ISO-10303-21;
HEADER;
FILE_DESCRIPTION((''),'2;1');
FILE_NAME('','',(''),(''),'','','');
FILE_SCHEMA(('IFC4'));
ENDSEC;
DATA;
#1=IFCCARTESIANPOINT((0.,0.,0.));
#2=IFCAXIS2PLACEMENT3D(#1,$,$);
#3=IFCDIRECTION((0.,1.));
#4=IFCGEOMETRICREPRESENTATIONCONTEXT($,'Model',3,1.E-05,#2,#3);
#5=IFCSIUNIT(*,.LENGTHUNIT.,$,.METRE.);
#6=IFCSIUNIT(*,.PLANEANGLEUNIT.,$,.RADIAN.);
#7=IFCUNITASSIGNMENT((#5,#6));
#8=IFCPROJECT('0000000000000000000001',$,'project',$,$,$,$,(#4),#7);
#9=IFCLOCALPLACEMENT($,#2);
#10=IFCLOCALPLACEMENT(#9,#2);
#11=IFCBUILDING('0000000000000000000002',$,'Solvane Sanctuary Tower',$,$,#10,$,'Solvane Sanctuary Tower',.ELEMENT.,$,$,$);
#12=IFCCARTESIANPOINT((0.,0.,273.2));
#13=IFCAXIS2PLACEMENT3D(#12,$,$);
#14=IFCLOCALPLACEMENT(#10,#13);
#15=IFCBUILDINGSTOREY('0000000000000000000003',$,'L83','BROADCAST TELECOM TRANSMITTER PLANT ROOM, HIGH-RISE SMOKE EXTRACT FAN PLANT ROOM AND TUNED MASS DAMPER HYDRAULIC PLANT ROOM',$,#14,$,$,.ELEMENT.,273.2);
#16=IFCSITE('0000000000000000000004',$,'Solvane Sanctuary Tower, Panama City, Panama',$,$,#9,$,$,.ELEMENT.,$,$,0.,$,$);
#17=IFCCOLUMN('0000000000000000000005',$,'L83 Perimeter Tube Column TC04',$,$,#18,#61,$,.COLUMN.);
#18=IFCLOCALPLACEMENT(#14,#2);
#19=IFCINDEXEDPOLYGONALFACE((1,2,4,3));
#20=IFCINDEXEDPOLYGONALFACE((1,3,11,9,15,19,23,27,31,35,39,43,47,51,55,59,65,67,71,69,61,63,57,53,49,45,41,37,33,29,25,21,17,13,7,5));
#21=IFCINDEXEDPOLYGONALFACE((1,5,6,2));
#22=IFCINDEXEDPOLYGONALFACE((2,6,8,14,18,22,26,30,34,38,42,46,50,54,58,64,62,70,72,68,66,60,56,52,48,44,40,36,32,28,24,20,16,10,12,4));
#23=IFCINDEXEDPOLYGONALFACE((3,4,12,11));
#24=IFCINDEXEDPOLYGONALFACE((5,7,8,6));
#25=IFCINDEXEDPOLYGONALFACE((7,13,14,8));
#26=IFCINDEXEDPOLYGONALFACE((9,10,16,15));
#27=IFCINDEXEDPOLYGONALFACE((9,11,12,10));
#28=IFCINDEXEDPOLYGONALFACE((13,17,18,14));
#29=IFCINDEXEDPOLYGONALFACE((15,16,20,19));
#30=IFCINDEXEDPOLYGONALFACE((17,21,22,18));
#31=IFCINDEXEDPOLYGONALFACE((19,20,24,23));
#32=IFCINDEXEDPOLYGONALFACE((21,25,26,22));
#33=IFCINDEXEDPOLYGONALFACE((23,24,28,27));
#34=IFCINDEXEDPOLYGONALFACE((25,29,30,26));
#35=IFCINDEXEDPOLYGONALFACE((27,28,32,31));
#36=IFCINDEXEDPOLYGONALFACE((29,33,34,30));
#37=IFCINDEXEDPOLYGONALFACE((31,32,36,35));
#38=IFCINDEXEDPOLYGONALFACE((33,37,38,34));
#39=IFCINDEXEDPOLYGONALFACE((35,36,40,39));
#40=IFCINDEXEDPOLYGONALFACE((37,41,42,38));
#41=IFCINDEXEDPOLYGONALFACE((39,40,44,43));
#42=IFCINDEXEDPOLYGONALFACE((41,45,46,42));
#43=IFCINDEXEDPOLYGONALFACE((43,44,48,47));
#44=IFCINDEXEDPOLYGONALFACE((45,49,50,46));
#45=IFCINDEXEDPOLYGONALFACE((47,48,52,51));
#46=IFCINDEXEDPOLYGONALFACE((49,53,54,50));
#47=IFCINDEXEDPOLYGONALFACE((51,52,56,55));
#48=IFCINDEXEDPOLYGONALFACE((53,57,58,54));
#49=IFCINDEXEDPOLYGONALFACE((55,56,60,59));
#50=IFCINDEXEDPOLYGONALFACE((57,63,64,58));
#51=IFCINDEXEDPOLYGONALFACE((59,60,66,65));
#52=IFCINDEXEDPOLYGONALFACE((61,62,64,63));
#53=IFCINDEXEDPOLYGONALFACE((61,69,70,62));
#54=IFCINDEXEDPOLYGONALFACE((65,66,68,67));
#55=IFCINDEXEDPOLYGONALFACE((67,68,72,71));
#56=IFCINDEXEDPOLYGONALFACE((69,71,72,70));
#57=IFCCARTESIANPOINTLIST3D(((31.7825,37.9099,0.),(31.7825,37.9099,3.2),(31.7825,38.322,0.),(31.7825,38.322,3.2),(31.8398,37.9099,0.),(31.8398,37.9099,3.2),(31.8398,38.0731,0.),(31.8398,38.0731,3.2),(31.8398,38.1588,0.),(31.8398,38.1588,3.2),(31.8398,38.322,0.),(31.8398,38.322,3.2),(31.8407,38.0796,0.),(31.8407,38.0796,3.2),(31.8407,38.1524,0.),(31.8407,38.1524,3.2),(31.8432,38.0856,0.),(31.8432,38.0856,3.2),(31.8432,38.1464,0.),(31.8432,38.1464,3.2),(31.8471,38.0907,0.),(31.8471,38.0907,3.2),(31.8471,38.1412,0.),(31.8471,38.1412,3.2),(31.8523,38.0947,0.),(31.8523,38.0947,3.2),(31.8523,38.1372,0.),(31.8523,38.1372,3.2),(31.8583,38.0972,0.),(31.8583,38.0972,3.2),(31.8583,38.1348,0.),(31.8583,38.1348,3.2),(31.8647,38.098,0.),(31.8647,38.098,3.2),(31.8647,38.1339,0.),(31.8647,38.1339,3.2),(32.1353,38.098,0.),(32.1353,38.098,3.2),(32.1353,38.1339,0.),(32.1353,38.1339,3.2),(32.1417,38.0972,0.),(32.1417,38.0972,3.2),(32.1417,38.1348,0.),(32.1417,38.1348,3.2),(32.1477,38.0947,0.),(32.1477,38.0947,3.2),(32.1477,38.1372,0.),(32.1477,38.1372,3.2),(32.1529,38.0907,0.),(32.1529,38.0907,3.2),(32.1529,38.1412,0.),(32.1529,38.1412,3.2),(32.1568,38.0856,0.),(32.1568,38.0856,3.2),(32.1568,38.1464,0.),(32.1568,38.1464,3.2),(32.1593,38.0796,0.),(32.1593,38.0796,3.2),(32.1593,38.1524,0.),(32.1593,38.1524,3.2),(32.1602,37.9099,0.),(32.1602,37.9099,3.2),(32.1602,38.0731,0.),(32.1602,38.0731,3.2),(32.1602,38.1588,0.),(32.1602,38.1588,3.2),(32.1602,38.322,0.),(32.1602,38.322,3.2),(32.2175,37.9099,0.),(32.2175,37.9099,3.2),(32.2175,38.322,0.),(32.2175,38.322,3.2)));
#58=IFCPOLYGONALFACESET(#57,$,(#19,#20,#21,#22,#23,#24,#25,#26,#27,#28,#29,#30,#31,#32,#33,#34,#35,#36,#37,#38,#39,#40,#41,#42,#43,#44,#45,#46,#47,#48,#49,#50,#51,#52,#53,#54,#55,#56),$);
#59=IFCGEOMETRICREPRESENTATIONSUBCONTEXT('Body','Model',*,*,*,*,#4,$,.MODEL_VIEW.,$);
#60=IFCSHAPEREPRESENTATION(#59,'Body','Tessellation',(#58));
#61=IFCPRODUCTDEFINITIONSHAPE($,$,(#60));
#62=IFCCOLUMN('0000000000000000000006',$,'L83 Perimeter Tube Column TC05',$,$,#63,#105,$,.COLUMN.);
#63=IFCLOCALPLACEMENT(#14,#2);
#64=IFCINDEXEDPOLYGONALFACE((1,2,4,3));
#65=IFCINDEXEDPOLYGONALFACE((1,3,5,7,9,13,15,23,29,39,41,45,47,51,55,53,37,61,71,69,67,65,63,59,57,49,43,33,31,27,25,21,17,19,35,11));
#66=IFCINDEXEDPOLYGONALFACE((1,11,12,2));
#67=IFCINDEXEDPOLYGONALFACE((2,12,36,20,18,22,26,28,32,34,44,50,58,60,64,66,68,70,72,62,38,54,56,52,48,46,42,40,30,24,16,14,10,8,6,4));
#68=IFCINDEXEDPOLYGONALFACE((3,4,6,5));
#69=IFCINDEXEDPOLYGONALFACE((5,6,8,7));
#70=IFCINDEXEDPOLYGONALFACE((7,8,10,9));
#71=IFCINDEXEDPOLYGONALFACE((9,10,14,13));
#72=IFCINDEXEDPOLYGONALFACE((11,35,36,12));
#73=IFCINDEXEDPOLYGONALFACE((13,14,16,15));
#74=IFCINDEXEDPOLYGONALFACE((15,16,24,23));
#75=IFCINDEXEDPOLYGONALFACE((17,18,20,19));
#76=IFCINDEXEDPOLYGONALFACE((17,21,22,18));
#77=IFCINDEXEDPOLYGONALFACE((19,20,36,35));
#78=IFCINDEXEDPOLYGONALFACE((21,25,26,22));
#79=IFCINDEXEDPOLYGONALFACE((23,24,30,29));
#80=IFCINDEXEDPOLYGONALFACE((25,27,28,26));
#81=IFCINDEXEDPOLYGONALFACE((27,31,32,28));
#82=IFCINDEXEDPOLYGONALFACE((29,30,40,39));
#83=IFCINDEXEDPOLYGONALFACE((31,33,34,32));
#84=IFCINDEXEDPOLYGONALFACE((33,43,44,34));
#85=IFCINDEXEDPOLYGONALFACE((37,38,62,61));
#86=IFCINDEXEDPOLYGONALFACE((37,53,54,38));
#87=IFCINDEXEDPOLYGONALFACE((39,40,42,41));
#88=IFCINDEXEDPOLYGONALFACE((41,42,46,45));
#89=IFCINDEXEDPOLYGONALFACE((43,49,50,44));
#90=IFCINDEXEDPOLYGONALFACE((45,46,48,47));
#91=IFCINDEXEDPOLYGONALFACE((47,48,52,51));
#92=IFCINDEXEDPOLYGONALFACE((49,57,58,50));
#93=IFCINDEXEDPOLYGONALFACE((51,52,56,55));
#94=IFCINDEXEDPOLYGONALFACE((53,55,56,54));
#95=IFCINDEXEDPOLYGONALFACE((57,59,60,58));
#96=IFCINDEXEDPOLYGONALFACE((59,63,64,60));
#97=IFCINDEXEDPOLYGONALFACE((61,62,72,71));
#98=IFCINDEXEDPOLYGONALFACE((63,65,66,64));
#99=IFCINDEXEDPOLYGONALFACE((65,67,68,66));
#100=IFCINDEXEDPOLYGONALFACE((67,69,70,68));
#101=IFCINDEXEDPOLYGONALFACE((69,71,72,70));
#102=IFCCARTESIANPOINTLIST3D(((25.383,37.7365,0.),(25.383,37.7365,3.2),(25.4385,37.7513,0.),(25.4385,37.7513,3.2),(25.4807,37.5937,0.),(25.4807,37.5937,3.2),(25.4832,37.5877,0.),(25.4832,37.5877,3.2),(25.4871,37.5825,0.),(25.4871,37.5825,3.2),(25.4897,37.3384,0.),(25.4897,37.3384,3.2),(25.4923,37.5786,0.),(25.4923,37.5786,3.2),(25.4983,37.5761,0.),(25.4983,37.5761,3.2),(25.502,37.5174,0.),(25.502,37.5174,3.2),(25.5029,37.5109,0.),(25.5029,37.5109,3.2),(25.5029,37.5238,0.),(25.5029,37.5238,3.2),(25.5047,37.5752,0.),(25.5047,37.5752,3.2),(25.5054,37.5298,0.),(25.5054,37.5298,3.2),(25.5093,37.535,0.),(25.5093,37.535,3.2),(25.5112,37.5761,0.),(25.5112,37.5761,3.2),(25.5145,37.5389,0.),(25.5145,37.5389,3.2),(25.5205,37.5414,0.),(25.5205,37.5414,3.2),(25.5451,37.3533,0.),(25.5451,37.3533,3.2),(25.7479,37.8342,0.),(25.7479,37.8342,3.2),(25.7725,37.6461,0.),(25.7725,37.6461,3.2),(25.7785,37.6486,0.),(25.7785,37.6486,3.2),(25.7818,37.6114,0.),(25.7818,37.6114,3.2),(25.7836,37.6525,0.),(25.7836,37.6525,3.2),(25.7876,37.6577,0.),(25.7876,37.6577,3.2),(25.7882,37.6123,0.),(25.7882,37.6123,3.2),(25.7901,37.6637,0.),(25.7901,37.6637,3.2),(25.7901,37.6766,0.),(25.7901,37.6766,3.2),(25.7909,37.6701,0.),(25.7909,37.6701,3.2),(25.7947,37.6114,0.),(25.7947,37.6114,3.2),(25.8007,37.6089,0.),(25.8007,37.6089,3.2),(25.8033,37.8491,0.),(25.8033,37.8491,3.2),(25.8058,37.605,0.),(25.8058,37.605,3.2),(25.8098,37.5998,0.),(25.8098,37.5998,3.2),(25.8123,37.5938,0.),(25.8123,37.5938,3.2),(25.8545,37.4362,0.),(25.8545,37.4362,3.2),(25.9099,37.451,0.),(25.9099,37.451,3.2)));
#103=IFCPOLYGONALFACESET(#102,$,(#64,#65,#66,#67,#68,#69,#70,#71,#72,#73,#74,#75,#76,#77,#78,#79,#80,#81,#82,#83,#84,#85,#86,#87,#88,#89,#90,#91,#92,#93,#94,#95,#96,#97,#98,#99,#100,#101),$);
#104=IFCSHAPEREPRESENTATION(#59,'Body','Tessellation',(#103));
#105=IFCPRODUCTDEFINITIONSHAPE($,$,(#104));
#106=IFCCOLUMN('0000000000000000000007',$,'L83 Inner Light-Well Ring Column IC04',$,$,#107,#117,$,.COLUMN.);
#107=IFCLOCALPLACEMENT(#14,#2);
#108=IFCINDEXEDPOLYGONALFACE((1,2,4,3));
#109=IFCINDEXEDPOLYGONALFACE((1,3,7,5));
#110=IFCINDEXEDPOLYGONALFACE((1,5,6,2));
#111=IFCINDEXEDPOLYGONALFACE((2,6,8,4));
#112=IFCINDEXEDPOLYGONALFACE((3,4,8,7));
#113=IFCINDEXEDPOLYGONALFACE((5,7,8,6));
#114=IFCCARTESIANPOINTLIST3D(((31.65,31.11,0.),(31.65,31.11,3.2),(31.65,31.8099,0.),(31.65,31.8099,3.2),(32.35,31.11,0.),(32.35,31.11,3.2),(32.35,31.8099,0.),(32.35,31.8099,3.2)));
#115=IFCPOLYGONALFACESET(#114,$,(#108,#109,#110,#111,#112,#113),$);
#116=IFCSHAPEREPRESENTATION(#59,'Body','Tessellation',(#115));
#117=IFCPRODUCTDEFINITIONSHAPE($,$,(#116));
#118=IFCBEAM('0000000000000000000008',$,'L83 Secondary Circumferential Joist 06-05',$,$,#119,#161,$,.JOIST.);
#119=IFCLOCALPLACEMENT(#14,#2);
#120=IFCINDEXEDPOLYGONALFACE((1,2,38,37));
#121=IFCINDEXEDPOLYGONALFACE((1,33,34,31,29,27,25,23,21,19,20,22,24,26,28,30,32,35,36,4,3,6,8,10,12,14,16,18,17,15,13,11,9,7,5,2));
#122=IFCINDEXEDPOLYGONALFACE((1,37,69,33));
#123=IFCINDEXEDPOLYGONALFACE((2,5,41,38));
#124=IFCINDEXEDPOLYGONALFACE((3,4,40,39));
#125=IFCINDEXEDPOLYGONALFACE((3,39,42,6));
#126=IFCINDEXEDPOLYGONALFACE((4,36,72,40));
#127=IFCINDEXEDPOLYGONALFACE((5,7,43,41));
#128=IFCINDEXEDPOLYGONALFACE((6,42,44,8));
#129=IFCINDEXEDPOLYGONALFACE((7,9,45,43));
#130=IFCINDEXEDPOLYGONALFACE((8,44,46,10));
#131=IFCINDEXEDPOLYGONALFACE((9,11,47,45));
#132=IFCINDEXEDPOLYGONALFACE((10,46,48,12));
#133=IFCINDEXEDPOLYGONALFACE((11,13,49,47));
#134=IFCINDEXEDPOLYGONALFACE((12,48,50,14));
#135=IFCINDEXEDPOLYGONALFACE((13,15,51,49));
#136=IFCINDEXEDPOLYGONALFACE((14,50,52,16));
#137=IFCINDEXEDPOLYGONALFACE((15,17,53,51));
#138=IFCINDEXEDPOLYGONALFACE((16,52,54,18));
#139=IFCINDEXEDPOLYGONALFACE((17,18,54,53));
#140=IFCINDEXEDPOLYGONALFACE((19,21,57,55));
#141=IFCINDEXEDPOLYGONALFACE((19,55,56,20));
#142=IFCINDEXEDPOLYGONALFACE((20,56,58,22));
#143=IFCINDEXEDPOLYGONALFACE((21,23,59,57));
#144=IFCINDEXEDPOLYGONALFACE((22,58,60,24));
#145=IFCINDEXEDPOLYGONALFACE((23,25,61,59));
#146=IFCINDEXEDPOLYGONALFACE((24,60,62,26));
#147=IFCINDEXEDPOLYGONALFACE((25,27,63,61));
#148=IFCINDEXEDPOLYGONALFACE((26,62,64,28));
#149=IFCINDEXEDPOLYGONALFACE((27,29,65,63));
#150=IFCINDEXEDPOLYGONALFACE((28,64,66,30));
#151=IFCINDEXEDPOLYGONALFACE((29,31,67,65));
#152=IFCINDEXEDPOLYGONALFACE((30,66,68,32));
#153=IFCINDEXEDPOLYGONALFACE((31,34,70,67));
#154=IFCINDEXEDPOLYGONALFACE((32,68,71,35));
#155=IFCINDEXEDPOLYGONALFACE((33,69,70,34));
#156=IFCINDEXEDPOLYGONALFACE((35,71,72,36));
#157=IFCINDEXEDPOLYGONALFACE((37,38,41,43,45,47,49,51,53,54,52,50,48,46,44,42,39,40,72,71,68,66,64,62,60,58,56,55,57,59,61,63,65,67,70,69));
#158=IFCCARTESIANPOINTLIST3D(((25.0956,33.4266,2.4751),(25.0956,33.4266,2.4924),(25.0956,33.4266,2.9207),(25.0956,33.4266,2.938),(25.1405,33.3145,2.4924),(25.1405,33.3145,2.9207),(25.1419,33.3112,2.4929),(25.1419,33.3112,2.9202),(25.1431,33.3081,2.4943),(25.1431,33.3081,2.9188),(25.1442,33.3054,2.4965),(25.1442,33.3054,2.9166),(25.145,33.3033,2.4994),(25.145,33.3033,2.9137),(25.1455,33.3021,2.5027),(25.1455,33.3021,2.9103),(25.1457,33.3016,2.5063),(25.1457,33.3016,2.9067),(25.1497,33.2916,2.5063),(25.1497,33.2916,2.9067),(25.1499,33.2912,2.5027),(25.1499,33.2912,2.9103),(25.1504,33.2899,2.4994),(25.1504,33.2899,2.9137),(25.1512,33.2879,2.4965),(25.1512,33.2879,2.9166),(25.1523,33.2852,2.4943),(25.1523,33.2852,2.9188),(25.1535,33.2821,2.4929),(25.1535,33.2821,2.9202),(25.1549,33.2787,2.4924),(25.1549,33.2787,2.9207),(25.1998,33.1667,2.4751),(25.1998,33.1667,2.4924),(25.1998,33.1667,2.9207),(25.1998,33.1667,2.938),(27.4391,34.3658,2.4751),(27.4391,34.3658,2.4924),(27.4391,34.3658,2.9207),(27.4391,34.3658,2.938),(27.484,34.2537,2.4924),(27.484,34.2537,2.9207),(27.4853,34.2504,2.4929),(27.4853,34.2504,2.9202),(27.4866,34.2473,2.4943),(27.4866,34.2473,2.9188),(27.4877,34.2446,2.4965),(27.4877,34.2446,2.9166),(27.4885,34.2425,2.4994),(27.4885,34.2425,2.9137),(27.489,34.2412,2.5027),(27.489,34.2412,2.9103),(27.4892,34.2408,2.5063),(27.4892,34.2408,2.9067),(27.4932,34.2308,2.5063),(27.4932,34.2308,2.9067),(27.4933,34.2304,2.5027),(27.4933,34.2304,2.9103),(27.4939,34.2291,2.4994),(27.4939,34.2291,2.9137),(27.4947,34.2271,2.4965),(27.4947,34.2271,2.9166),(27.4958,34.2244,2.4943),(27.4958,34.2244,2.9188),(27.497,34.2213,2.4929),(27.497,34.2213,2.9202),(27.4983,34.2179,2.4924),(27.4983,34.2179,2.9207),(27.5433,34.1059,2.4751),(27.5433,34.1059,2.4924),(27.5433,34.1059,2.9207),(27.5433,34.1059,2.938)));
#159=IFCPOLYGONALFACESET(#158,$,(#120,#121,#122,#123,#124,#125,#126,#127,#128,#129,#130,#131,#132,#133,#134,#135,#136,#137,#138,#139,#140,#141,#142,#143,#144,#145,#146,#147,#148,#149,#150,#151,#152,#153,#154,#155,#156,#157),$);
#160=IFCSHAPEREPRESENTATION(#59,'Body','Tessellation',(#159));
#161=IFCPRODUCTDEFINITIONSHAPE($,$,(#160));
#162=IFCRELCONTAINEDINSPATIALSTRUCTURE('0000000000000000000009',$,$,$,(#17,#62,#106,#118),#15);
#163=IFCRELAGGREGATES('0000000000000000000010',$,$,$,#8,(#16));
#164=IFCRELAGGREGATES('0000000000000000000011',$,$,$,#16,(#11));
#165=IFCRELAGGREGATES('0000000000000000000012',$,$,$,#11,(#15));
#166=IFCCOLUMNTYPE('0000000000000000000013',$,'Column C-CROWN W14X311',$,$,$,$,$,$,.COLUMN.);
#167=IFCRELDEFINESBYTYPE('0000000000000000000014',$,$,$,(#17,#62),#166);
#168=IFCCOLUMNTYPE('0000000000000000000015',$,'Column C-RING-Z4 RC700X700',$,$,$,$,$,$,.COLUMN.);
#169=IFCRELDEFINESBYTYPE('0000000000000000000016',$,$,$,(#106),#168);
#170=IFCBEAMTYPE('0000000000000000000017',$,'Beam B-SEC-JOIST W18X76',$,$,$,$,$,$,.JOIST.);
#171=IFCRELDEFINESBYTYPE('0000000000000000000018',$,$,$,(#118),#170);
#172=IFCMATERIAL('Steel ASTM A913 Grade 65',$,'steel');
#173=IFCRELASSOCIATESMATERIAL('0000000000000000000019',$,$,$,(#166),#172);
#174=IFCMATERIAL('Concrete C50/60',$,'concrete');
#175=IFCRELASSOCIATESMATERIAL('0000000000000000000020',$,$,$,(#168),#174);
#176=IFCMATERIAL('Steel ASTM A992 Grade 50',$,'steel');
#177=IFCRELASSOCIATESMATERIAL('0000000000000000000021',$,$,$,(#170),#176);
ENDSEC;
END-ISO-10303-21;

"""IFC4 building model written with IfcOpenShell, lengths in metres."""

from ifc_helpers import new_model, si_unit, direction, frame, origin, origin_2d, place, context, subcontext, project, spatial, rectangle, i_section, extrude, material, material_profile, profile_set, type_object, element, save


model = new_model("IFC4")

# Units and contexts
model_context = context("Model", 3, precision=1e-05, world=origin(), true_north=direction((0.0, 1.0)))
body_context = subcontext(model_context, "Body", "Model", "MODEL_VIEW")
ifc_project = project(units=[si_unit("LENGTHUNIT", "METRE"), si_unit("PLANEANGLEUNIT", "RADIAN")], contexts=[model_context])

# Site, building, storey
site_placement = place(None, origin())
site = spatial("IfcSite", under=ifc_project, at=site_placement, Name="Solvane Sanctuary Tower, Panama City, Panama", CompositionType="ELEMENT", RefElevation=0.0)
building_placement = place(site_placement, origin())
building = spatial("IfcBuilding", under=site, at=building_placement, Name="Solvane Sanctuary Tower", LongName="Solvane Sanctuary Tower", CompositionType="ELEMENT")
storey_placement = place(building_placement, frame((0.0, 0.0, 273.2)))
storey = spatial("IfcBuildingStorey", under=building, at=storey_placement, Name="L83", Description="BROADCAST TELECOM TRANSMITTER PLANT ROOM, HIGH-RISE SMOKE EXTRACT FAN PLANT ROOM AND TUNED MASS DAMPER HYDRAULIC PLANT ROOM", CompositionType="ELEMENT", Elevation=273.2)

# Columns
ifc_material_1 = material(Name="Steel ASTM A913 Grade 65", Category="steel")
ifc_material_profile_1 = material_profile(ifc_material_1, i_section(OverallWidth=0.4121, OverallDepth=0.4351, WebThickness=0.0359, FlangeThickness=0.0574, FilletRadius=0.0249, at=origin_2d()), Name="W14X311")
ifc_profile_set_1 = profile_set([ifc_material_profile_1], Name="Steel ASTM A913 Grade 65")
column_type_1 = type_object("IfcColumnType", Name="Column C-CROWN W14X311", PredefinedType="COLUMN", material=ifc_profile_set_1)
for number, where, z_axis, x_axis, name in (
    (1, (32.0, 38.116, 0.0), (0.0, 0.0, 1.0), (0.0, 1.0, 0.0), "L83 Perimeter Tube Column TC04"),
    (2, (25.6465, 37.5938, 0.0), (0.0, 0.0, 1.0), (-0.258819, 0.965926, 0.0), "L83 Perimeter Tube Column TC05"),
):
    element("IfcColumn", number, at=place(storey_placement, frame(where, z_axis=z_axis, x_axis=x_axis)), inside=storey, type_object=column_type_1, Name=name, PredefinedType="COLUMN", context=body_context, shape_type="SweptSolid", body=[
        extrude(i_section(OverallWidth=0.4121, OverallDepth=0.4351, WebThickness=0.0359, FlangeThickness=0.0574, FilletRadius=0.0249, at=origin_2d()), origin(), (0.0, 0.0, 1.0), 3.2),
    ])
ifc_material_2 = material(Name="Concrete C50/60", Category="concrete")
ifc_material_profile_2 = material_profile(ifc_material_2, rectangle(XDim=0.7, YDim=0.7, at=origin_2d()), Name="RC700X700")
ifc_profile_set_2 = profile_set([ifc_material_profile_2], Name="Concrete C50/60")
column_type_2 = type_object("IfcColumnType", Name="Column C-RING-Z4 RC700X700", PredefinedType="COLUMN", material=ifc_profile_set_2)
column_placement = place(storey_placement, frame((32.0, 31.46, 0.0), z_axis=(0.0, 0.0, 1.0), x_axis=(1.0, 0.0, 0.0)))
element("IfcColumn", 3, at=column_placement, inside=storey, type_object=column_type_2, Name="L83 Inner Light-Well Ring Column IC04", PredefinedType="COLUMN", context=body_context, shape_type="SweptSolid", body=[
    extrude(rectangle(XDim=0.7, YDim=0.7, at=origin_2d()), origin(), (0.0, 0.0, 1.0), 3.2),
])

# Beam
ifc_material_3 = material(Name="Steel ASTM A992 Grade 50", Category="steel")
ifc_material_profile_3 = material_profile(ifc_material_3, i_section(OverallWidth=0.28, OverallDepth=0.4629, WebThickness=0.0107, FlangeThickness=0.0173, FilletRadius=0.0139, at=origin_2d()), Name="W18X76")
ifc_profile_set_3 = profile_set([ifc_material_profile_3], Name="Steel ASTM A992 Grade 50")
beam_type_1 = type_object("IfcBeamType", Name="Beam B-SEC-JOIST W18X76", PredefinedType="JOIST", material=ifc_profile_set_3)
beam_1_placement = place(storey_placement, frame((25.1477, 33.2966, 2.7065), z_axis=(0.92823, 0.372007, 0.0), x_axis=(-0.372007, 0.92823, 0.0)))
element("IfcBeam", 4, at=beam_1_placement, inside=storey, type_object=beam_type_1, Name="L83 Secondary Circumferential Joist 06-05", PredefinedType="JOIST", context=body_context, shape_type="SweptSolid", body=[
    extrude(i_section(OverallWidth=0.28, OverallDepth=0.4629, WebThickness=0.0107, FlangeThickness=0.0173, FilletRadius=0.0139, at=origin_2d()), origin(), (0.0, 0.0, 1.0), 2.5247),
])

save(model, "model.ifc")
